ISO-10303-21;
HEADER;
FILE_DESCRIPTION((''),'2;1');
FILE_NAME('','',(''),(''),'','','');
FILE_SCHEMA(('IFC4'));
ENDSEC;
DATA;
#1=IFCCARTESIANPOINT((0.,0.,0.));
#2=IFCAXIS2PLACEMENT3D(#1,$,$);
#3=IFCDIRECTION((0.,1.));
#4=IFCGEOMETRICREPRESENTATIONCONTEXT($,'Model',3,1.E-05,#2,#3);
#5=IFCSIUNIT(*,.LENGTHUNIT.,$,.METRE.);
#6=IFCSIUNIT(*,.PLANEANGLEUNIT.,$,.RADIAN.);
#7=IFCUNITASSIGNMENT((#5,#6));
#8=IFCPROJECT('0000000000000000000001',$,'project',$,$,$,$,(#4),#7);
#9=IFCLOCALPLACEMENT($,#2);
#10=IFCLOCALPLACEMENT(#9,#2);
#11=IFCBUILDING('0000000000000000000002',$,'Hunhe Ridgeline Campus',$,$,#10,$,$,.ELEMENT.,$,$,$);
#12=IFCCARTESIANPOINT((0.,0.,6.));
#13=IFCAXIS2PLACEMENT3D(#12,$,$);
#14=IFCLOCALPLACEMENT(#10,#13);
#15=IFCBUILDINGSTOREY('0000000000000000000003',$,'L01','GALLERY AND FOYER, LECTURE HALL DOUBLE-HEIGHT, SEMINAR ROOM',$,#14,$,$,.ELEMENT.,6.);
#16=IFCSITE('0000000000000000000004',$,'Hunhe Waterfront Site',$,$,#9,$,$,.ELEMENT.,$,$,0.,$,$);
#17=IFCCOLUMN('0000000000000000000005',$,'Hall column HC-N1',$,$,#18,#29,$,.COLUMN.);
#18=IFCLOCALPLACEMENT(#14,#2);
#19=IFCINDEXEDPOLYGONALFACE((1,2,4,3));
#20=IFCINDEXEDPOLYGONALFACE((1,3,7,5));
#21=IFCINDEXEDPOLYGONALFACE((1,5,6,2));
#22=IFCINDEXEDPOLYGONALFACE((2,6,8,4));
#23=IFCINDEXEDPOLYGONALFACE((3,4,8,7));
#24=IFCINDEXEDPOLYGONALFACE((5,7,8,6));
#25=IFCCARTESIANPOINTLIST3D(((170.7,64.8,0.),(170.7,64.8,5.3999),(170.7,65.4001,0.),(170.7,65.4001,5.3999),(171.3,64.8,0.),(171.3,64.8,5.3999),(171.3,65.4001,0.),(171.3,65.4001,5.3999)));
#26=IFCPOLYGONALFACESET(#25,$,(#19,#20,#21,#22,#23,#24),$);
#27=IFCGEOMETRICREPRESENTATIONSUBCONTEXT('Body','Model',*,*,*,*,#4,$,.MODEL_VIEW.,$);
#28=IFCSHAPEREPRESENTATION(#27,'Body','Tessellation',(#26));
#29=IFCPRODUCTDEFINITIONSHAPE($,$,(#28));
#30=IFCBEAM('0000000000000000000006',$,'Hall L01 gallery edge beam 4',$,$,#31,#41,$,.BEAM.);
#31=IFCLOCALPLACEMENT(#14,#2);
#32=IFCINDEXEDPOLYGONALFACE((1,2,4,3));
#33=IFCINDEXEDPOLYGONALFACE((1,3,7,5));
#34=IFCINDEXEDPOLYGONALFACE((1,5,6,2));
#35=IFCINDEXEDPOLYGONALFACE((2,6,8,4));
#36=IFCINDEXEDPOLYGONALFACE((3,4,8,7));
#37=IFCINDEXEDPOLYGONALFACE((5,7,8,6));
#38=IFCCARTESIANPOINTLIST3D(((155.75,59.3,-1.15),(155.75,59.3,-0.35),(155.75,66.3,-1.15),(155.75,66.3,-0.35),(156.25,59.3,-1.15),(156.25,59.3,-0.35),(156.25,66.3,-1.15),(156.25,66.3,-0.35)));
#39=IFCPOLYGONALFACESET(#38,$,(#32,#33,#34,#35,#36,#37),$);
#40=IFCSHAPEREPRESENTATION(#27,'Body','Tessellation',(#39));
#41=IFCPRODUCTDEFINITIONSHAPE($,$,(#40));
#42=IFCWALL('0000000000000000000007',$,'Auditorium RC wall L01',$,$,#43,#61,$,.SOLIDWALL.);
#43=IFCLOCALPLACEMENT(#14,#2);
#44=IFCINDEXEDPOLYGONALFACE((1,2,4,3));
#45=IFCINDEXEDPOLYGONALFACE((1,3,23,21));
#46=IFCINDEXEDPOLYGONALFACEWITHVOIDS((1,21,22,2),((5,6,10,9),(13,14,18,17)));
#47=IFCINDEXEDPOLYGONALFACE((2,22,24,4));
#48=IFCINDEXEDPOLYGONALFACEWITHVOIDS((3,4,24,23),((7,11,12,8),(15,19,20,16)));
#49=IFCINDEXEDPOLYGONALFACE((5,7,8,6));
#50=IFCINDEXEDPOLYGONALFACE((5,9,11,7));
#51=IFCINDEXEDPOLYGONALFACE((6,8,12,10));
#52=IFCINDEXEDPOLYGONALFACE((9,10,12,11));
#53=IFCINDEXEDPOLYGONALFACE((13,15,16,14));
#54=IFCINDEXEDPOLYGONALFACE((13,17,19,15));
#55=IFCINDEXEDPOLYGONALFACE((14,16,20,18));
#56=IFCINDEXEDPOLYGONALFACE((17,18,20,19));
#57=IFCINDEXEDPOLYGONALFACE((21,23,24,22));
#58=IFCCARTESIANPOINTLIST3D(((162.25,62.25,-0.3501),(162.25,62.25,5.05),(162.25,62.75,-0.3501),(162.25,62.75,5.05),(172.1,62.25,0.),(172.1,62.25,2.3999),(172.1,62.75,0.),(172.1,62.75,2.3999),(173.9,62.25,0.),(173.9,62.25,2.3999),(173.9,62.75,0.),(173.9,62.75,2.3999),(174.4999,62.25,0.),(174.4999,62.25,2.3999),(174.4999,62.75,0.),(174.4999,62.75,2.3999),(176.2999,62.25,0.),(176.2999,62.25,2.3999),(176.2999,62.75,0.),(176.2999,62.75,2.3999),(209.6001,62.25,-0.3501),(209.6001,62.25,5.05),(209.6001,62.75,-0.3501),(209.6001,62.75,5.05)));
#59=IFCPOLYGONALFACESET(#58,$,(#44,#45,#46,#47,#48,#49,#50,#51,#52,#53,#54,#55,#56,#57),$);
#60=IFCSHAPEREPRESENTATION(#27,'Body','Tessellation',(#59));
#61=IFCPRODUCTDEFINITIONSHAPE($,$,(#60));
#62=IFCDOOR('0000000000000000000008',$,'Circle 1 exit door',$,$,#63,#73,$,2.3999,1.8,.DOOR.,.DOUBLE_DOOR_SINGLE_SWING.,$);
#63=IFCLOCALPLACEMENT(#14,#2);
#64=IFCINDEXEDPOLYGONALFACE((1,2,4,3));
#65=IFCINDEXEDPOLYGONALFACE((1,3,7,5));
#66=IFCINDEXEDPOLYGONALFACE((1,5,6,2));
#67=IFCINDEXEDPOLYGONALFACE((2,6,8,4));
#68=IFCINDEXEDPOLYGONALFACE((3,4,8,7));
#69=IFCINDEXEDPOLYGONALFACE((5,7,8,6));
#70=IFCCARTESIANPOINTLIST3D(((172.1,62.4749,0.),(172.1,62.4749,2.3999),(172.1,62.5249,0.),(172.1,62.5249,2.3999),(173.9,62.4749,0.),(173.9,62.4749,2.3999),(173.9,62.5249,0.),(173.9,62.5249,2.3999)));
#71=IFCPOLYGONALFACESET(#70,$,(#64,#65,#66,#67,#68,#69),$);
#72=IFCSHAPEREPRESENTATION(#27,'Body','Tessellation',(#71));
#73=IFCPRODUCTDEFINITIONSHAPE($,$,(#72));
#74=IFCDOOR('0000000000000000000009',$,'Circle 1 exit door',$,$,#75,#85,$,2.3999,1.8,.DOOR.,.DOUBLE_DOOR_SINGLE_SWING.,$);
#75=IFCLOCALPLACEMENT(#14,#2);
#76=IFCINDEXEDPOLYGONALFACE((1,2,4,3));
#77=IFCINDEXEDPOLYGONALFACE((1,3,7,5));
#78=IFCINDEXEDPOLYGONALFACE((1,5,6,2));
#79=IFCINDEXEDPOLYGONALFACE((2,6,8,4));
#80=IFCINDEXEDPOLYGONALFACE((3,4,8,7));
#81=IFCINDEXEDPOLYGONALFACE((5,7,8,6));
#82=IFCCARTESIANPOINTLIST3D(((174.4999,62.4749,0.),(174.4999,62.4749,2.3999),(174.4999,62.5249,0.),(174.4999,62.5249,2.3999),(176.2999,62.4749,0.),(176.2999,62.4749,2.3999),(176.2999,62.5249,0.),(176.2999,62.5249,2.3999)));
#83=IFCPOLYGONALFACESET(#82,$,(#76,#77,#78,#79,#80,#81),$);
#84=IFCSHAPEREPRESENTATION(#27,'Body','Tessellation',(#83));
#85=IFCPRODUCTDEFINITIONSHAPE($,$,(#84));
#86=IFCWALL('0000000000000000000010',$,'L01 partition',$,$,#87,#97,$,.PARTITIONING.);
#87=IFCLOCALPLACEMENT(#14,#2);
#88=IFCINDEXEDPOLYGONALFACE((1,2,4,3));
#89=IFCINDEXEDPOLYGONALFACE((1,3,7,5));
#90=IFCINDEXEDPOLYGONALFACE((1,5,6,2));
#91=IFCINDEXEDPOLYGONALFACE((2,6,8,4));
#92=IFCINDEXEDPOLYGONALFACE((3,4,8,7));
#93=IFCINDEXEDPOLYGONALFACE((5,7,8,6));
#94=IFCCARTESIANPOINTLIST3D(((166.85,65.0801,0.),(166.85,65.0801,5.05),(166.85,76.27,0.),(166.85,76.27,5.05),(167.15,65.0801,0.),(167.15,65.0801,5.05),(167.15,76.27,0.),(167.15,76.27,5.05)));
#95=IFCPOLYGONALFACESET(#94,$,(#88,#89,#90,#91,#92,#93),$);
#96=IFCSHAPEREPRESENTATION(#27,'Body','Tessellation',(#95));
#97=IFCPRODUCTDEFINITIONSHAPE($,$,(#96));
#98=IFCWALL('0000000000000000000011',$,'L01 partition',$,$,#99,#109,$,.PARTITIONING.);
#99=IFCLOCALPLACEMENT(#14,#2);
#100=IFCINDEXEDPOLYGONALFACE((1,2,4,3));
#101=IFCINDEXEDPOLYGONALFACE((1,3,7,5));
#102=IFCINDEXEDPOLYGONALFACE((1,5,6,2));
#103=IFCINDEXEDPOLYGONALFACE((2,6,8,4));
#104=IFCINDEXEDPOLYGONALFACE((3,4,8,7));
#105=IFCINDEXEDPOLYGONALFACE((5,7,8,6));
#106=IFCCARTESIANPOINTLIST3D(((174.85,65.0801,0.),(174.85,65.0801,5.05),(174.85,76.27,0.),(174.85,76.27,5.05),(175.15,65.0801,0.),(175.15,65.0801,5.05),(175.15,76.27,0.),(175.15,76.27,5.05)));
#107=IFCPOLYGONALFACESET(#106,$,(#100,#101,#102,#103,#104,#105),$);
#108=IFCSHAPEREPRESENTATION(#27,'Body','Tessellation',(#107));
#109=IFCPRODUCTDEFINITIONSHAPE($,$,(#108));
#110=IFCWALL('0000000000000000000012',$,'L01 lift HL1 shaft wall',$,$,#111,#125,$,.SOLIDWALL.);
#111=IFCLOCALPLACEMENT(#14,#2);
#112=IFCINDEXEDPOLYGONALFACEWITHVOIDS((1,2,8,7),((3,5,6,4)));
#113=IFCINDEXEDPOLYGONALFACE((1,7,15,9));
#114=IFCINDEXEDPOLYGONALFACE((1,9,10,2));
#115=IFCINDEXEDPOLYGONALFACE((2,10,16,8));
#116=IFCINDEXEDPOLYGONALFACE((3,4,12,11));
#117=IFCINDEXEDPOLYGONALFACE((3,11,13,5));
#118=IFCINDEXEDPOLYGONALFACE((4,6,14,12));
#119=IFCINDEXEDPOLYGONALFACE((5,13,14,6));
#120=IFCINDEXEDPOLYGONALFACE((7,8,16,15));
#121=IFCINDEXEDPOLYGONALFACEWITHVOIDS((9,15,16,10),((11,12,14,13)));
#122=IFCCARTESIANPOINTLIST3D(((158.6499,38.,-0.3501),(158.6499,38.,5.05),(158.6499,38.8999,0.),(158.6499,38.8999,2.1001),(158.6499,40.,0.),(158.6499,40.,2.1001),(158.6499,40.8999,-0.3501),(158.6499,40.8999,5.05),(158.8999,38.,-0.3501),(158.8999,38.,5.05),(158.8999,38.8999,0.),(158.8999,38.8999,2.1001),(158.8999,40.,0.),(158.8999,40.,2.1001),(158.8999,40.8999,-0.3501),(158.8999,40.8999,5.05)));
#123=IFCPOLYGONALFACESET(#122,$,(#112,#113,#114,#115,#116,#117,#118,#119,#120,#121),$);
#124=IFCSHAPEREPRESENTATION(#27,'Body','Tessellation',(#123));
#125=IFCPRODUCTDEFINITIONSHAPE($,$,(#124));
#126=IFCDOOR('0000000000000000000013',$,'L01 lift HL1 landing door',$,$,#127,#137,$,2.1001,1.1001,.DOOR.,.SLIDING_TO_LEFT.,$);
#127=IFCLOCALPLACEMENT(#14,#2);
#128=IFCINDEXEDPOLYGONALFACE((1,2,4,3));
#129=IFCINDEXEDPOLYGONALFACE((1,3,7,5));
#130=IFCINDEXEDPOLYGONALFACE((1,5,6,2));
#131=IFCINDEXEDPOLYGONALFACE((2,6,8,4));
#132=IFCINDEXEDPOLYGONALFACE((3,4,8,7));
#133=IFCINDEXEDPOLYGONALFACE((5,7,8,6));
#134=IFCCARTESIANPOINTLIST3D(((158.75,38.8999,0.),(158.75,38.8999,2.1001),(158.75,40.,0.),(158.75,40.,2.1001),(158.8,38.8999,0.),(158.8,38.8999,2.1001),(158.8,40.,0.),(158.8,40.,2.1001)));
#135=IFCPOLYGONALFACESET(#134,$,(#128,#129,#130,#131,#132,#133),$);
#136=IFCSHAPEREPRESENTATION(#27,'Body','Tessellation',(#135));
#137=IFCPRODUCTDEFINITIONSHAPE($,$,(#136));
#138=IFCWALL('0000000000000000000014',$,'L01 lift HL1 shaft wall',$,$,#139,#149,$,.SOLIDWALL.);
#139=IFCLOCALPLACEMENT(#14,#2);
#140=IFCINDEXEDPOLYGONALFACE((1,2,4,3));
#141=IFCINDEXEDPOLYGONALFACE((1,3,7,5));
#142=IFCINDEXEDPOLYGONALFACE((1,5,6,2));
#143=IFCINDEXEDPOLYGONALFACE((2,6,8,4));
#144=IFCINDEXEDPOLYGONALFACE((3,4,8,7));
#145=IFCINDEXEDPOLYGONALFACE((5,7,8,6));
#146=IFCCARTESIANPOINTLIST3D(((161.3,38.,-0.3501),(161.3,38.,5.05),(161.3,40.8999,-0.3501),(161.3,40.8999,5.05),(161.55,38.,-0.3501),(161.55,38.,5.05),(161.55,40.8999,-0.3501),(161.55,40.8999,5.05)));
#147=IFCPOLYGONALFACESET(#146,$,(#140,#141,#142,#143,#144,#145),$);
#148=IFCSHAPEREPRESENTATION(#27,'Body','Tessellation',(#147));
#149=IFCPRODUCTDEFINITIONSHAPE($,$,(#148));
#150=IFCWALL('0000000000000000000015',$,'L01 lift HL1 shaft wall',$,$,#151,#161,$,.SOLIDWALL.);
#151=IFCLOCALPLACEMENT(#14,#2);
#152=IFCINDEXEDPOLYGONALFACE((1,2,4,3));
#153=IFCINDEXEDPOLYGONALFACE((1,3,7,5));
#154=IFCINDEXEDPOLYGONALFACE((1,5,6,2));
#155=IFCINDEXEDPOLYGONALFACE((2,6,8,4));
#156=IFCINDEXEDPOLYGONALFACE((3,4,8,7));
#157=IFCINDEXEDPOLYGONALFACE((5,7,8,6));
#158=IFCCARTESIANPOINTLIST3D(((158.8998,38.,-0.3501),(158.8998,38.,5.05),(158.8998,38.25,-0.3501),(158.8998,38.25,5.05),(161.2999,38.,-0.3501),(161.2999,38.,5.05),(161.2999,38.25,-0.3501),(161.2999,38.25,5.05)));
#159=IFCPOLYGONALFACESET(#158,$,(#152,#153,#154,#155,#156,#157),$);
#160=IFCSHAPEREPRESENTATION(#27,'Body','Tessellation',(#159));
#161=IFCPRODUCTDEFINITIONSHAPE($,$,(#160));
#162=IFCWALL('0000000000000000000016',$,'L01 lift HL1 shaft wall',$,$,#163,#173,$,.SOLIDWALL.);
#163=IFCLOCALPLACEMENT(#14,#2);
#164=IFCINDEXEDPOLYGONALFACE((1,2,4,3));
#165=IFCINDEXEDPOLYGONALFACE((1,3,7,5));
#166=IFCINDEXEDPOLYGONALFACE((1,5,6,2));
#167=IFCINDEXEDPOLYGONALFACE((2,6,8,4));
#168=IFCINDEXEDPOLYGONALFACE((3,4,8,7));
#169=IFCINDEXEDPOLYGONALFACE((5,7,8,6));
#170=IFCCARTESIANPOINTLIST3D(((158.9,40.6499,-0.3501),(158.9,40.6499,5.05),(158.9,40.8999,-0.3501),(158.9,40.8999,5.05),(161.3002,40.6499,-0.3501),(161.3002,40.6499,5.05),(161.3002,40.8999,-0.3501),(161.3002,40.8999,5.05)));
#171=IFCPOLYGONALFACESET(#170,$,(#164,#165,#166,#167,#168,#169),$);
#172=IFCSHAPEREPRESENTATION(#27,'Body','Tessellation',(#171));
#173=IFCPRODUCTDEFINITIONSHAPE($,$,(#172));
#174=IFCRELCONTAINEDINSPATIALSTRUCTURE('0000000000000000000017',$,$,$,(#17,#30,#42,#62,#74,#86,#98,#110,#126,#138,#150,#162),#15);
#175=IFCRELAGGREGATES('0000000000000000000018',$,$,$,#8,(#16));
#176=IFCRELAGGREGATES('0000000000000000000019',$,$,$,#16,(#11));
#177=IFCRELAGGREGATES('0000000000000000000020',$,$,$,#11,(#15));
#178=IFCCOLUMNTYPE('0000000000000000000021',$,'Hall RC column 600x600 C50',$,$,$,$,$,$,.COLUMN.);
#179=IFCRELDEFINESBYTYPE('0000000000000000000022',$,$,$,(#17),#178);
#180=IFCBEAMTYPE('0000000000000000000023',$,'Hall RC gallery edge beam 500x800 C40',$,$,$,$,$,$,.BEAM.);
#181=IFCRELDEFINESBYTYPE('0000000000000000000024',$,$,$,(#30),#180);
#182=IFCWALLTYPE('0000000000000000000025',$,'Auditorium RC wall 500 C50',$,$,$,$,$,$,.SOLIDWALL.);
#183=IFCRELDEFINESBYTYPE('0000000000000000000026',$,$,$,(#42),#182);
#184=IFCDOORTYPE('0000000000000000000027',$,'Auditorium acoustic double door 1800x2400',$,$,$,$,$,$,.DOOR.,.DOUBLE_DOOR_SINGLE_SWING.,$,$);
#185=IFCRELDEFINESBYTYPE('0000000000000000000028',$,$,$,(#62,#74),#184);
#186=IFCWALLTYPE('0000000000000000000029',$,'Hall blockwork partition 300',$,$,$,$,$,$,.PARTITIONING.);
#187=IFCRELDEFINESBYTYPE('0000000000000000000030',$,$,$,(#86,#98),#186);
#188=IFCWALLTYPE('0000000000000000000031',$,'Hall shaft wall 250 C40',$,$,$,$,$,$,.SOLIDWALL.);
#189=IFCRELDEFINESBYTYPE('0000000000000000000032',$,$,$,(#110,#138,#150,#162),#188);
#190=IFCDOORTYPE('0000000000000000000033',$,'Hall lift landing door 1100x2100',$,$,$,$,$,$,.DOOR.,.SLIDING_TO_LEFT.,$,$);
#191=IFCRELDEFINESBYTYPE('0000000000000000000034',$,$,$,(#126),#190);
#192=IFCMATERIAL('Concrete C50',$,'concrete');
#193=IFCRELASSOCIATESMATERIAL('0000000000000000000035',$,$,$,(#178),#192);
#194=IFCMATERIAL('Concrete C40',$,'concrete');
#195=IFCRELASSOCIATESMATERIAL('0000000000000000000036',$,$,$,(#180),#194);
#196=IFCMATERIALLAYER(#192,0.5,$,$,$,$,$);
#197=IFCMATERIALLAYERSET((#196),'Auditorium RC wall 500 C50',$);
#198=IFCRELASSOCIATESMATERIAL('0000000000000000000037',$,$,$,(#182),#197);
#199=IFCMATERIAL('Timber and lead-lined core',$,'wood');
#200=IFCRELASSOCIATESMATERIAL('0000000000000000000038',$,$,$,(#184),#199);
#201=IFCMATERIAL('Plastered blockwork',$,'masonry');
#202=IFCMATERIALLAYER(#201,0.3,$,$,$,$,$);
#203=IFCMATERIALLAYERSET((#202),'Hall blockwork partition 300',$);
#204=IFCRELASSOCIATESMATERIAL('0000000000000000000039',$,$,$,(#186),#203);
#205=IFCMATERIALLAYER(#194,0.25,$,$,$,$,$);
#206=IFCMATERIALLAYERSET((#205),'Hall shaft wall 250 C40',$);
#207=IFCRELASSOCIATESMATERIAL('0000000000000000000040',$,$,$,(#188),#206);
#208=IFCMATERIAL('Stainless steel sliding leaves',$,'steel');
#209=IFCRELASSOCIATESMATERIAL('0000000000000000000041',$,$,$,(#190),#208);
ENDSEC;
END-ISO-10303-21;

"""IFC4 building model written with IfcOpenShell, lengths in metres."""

from ifc_helpers import new_model, si_unit, direction, frame, frame_2d, origin, origin_2d, place, context, subcontext, project, spatial, rectangle, extrude, material, layer, layer_set, material_profile, profile_set, type_object, element, fill, save


model = new_model("IFC4")

# Units and contexts
model_context = context("Model", 3, precision=1e-05, world=origin(), true_north=direction((0.0, 1.0)))
body_context = subcontext(model_context, "Body", "Model", "MODEL_VIEW")
ifc_project = project(units=[si_unit("LENGTHUNIT", "METRE"), si_unit("PLANEANGLEUNIT", "RADIAN")], contexts=[model_context])

# Site, building, storey
site_placement = place(None, origin())
site = spatial("IfcSite", under=ifc_project, at=site_placement, Name="Hunhe Waterfront Site", CompositionType="ELEMENT", RefElevation=0.0)
building_placement = place(site_placement, origin())
building = spatial("IfcBuilding", under=site, at=building_placement, Name="Hunhe Ridgeline Campus", CompositionType="ELEMENT")
storey_placement = place(building_placement, frame((0.0, 0.0, 6.0)))
storey = spatial("IfcBuildingStorey", under=building, at=storey_placement, Name="L01", Description="GALLERY AND FOYER, LECTURE HALL DOUBLE-HEIGHT, SEMINAR ROOM", CompositionType="ELEMENT", Elevation=6.0)

# Column
ifc_material_1 = material(Name="Concrete C50", Category="concrete")
ifc_material_profile_1 = material_profile(ifc_material_1, rectangle(XDim=0.6001, YDim=0.6001, at=origin_2d()))
ifc_profile_set_1 = profile_set([ifc_material_profile_1], Name="Concrete C50")
column_type = type_object("IfcColumnType", Name="Hall RC column 600x600 C50", PredefinedType="COLUMN", material=ifc_profile_set_1)
column_placement = place(storey_placement, frame((171.0, 65.1001, 0.0), z_axis=(0.0, 0.0, 1.0), x_axis=(1.0, 0.0, 0.0)))
element("IfcColumn", 1, at=column_placement, inside=storey, type_object=column_type, Name="Hall column HC-N1", PredefinedType="COLUMN", context=body_context, shape_type="SweptSolid", body=[
    extrude(rectangle(XDim=0.6001, YDim=0.6001, at=origin_2d()), origin(), (0.0, 0.0, 1.0), 5.3999),
])

# Beam
ifc_material_2 = material(Name="Concrete C40", Category="concrete")
ifc_material_profile_2 = material_profile(ifc_material_2, rectangle(XDim=0.5, YDim=0.8, at=origin_2d()))
ifc_profile_set_2 = profile_set([ifc_material_profile_2], Name="Concrete C40")
beam_type = type_object("IfcBeamType", Name="Hall RC gallery edge beam 500x800 C40", PredefinedType="BEAM", material=ifc_profile_set_2)
beam_placement = place(storey_placement, frame((156.0, 59.3, -0.75), z_axis=(0.0, 1.0, 0.0), x_axis=(-1.0, 0.0, 0.0)))
element("IfcBeam", 2, at=beam_placement, inside=storey, type_object=beam_type, Name="Hall L01 gallery edge beam 4", PredefinedType="BEAM", context=body_context, shape_type="SweptSolid", body=[
    extrude(rectangle(XDim=0.5, YDim=0.8, at=origin_2d()), origin(), (0.0, 0.0, 1.0), 7.0),
])

# Wall, openings, doors
ifc_layer_1 = layer(ifc_material_1, 0.5)
ifc_layer_set_1 = layer_set([ifc_layer_1], Name="Auditorium RC wall 500 C50")
wall_type_1 = type_object("IfcWallType", Name="Auditorium RC wall 500 C50", PredefinedType="SOLIDWALL", material=ifc_layer_set_1)
wall_1_placement = place(storey_placement, frame((162.25, 62.5, -0.3501), z_axis=(0.0, 0.0, 1.0), x_axis=(1.0, 0.0, 0.0)))
wall_1 = element("IfcWall", 3, at=wall_1_placement, inside=storey, type_object=wall_type_1, Name="Auditorium RC wall L01", PredefinedType="SOLIDWALL", context=body_context, shape_type="SweptSolid", body=[
    extrude(rectangle(XDim=47.3501, YDim=0.5, at=frame_2d((23.675, 0.0))), origin(), (0.0, 0.0, 1.0), 5.4001),
])
opening_1_placement = place(wall_1_placement, frame((9.8501, 0.0, 0.3501)))
opening_1 = element("IfcOpeningElement", 4, at=opening_1_placement, cuts=wall_1, PredefinedType="OPENING", context=body_context, shape_type="SweptSolid", body=[
    extrude(rectangle(XDim=1.8, YDim=2.3999, at=frame_2d((0.8999, 1.2))), frame((0.0, 0.25, 0.0), z_axis=(0.0, -1.0, 0.0), x_axis=(1.0, 0.0, 0.0)), (0.0, 0.0, 1.0), 0.5),
])
opening_2_placement = place(wall_1_placement, frame((12.25, 0.0, 0.3501)))
opening_2 = element("IfcOpeningElement", 5, at=opening_2_placement, cuts=wall_1, PredefinedType="OPENING", context=body_context, shape_type="SweptSolid", body=[
    extrude(rectangle(XDim=1.8, YDim=2.3999, at=frame_2d((0.8999, 1.2))), frame((0.0, 0.25, 0.0), z_axis=(0.0, -1.0, 0.0), x_axis=(1.0, 0.0, 0.0)), (0.0, 0.0, 1.0), 0.5),
])
ifc_material_3 = material(Name="Timber and lead-lined core", Category="wood")
door_type_1 = type_object("IfcDoorType", Name="Auditorium acoustic double door 1800x2400", OperationType="DOUBLE_DOOR_SINGLE_SWING", PredefinedType="DOOR", material=ifc_material_3)
door_1_placement = place(opening_1_placement, origin())
door_1 = element("IfcDoor", 6, at=door_1_placement, inside=storey, type_object=door_type_1, Name="Circle 1 exit door", OperationType="DOUBLE_DOOR_SINGLE_SWING", OverallHeight=2.3999, OverallWidth=1.8, PredefinedType="DOOR", context=body_context, shape_type="SweptSolid", body=[
    extrude(rectangle(XDim=1.8, YDim=2.3999, at=frame_2d((0.8999, 1.2))), frame((0.0, 0.0249, 0.0), z_axis=(0.0, -1.0, 0.0), x_axis=(1.0, 0.0, 0.0)), (0.0, 0.0, 1.0), 0.05),
])
fill(opening_1, door_1)
door_2_placement = place(opening_2_placement, origin())
door_2 = element("IfcDoor", 7, at=door_2_placement, inside=storey, type_object=door_type_1, Name="Circle 1 exit door", OperationType="DOUBLE_DOOR_SINGLE_SWING", OverallHeight=2.3999, OverallWidth=1.8, PredefinedType="DOOR", context=body_context, shape_type="SweptSolid", body=[
    extrude(rectangle(XDim=1.8, YDim=2.3999, at=frame_2d((0.8999, 1.2))), frame((0.0, 0.0249, 0.0), z_axis=(0.0, -1.0, 0.0), x_axis=(1.0, 0.0, 0.0)), (0.0, 0.0, 1.0), 0.05),
])
fill(opening_2, door_2)

# Shared definitions
ifc_material_4 = material(Name="Plastered blockwork", Category="masonry")
ifc_layer_2 = layer(ifc_material_4, 0.3)
ifc_layer_set_2 = layer_set([ifc_layer_2], Name="Hall blockwork partition 300")
wall_type_2 = type_object("IfcWallType", Name="Hall blockwork partition 300", PredefinedType="PARTITIONING", material=ifc_layer_set_2)

# Wall
wall_2_placement = place(storey_placement, frame((167.0, 65.0801, 0.0), z_axis=(0.0, 0.0, 1.0), x_axis=(0.0, 1.0, 0.0)))
element("IfcWall", 8, at=wall_2_placement, inside=storey, type_object=wall_type_2, Name="L01 partition", PredefinedType="PARTITIONING", context=body_context, shape_type="SweptSolid", body=[
    extrude(rectangle(XDim=11.1899, YDim=0.3, at=frame_2d((5.595, 0.0))), origin(), (0.0, 0.0, 1.0), 5.05),
])

# Wall
wall_3_placement = place(storey_placement, frame((175.0, 65.0801, 0.0), z_axis=(0.0, 0.0, 1.0), x_axis=(0.0, 1.0, 0.0)))
element("IfcWall", 9, at=wall_3_placement, inside=storey, type_object=wall_type_2, Name="L01 partition", PredefinedType="PARTITIONING", context=body_context, shape_type="SweptSolid", body=[
    extrude(rectangle(XDim=11.1899, YDim=0.3, at=frame_2d((5.595, 0.0))), origin(), (0.0, 0.0, 1.0), 5.05),
])

# Wall, opening, door
ifc_layer_3 = layer(ifc_material_2, 0.25)
ifc_layer_set_3 = layer_set([ifc_layer_3], Name="Hall shaft wall 250 C40")
wall_type_3 = type_object("IfcWallType", Name="Hall shaft wall 250 C40", PredefinedType="SOLIDWALL", material=ifc_layer_set_3)
wall_4_placement = place(storey_placement, frame((158.7749, 38.0, -0.3501), z_axis=(0.0, 0.0, 1.0), x_axis=(0.0, 1.0, 0.0)))
wall_4 = element("IfcWall", 10, at=wall_4_placement, inside=storey, type_object=wall_type_3, Name="L01 lift HL1 shaft wall", PredefinedType="SOLIDWALL", context=body_context, shape_type="SweptSolid", body=[
    extrude(rectangle(XDim=2.8999, YDim=0.25, at=frame_2d((1.45, 0.0))), origin(), (0.0, 0.0, 1.0), 5.4001),
])
opening_3_placement = place(wall_4_placement, frame((0.8999, 0.0, 0.3501)))
opening_3 = element("IfcOpeningElement", 11, at=opening_3_placement, cuts=wall_4, PredefinedType="OPENING", context=body_context, shape_type="SweptSolid", body=[
    extrude(rectangle(XDim=1.1001, YDim=2.1001, at=frame_2d((0.55, 1.05))), frame((0.0, 0.125, 0.0), z_axis=(0.0, -1.0, 0.0), x_axis=(1.0, 0.0, 0.0)), (0.0, 0.0, 1.0), 0.25),
])
ifc_material_5 = material(Name="Stainless steel sliding leaves", Category="steel")
door_type_2 = type_object("IfcDoorType", Name="Hall lift landing door 1100x2100", OperationType="SLIDING_TO_LEFT", PredefinedType="DOOR", material=ifc_material_5)
door_3_placement = place(opening_3_placement, origin())
door_3 = element("IfcDoor", 12, at=door_3_placement, inside=storey, type_object=door_type_2, Name="L01 lift HL1 landing door", OperationType="SLIDING_TO_LEFT", OverallHeight=2.1001, OverallWidth=1.1001, PredefinedType="DOOR", context=body_context, shape_type="SweptSolid", body=[
    extrude(rectangle(XDim=1.1001, YDim=2.1001, at=frame_2d((0.55, 1.05))), frame((0.0, 0.0249, 0.0), z_axis=(0.0, -1.0, 0.0), x_axis=(1.0, 0.0, 0.0)), (0.0, 0.0, 1.0), 0.05),
])
fill(opening_3, door_3)

# Walls
wall_5_placement = place(storey_placement, frame((161.425, 40.8999, -0.3501), z_axis=(0.0, 0.0, 1.0), x_axis=(0.0, -1.0, 0.0)))
element("IfcWall", 13, at=wall_5_placement, inside=storey, type_object=wall_type_3, Name="L01 lift HL1 shaft wall", PredefinedType="SOLIDWALL", context=body_context, shape_type="SweptSolid", body=[
    extrude(rectangle(XDim=2.8999, YDim=0.25, at=frame_2d((1.45, 0.0))), origin(), (0.0, 0.0, 1.0), 5.4001),
])
for number, where, z_axis, x_axis, name in (
    (14, (161.3, 38.125, -0.3501), (0.0, 0.0, 1.0), (-1.0, 0.0, 0.0), "L01 lift HL1 shaft wall"),
    (15, (158.8999, 40.7749, -0.3501), (0.0, 0.0, 1.0), (1.0, 0.0, 0.0), "L01 lift HL1 shaft wall"),
):
    element("IfcWall", number, at=place(storey_placement, frame(where, z_axis=z_axis, x_axis=x_axis)), inside=storey, type_object=wall_type_3, Name=name, PredefinedType="SOLIDWALL", context=body_context, shape_type="SweptSolid", body=[
        extrude(rectangle(XDim=2.4001, YDim=0.25, at=frame_2d((1.2002, 0.0))), origin(), (0.0, 0.0, 1.0), 5.4001),
    ])

save(model, "model.ifc")
